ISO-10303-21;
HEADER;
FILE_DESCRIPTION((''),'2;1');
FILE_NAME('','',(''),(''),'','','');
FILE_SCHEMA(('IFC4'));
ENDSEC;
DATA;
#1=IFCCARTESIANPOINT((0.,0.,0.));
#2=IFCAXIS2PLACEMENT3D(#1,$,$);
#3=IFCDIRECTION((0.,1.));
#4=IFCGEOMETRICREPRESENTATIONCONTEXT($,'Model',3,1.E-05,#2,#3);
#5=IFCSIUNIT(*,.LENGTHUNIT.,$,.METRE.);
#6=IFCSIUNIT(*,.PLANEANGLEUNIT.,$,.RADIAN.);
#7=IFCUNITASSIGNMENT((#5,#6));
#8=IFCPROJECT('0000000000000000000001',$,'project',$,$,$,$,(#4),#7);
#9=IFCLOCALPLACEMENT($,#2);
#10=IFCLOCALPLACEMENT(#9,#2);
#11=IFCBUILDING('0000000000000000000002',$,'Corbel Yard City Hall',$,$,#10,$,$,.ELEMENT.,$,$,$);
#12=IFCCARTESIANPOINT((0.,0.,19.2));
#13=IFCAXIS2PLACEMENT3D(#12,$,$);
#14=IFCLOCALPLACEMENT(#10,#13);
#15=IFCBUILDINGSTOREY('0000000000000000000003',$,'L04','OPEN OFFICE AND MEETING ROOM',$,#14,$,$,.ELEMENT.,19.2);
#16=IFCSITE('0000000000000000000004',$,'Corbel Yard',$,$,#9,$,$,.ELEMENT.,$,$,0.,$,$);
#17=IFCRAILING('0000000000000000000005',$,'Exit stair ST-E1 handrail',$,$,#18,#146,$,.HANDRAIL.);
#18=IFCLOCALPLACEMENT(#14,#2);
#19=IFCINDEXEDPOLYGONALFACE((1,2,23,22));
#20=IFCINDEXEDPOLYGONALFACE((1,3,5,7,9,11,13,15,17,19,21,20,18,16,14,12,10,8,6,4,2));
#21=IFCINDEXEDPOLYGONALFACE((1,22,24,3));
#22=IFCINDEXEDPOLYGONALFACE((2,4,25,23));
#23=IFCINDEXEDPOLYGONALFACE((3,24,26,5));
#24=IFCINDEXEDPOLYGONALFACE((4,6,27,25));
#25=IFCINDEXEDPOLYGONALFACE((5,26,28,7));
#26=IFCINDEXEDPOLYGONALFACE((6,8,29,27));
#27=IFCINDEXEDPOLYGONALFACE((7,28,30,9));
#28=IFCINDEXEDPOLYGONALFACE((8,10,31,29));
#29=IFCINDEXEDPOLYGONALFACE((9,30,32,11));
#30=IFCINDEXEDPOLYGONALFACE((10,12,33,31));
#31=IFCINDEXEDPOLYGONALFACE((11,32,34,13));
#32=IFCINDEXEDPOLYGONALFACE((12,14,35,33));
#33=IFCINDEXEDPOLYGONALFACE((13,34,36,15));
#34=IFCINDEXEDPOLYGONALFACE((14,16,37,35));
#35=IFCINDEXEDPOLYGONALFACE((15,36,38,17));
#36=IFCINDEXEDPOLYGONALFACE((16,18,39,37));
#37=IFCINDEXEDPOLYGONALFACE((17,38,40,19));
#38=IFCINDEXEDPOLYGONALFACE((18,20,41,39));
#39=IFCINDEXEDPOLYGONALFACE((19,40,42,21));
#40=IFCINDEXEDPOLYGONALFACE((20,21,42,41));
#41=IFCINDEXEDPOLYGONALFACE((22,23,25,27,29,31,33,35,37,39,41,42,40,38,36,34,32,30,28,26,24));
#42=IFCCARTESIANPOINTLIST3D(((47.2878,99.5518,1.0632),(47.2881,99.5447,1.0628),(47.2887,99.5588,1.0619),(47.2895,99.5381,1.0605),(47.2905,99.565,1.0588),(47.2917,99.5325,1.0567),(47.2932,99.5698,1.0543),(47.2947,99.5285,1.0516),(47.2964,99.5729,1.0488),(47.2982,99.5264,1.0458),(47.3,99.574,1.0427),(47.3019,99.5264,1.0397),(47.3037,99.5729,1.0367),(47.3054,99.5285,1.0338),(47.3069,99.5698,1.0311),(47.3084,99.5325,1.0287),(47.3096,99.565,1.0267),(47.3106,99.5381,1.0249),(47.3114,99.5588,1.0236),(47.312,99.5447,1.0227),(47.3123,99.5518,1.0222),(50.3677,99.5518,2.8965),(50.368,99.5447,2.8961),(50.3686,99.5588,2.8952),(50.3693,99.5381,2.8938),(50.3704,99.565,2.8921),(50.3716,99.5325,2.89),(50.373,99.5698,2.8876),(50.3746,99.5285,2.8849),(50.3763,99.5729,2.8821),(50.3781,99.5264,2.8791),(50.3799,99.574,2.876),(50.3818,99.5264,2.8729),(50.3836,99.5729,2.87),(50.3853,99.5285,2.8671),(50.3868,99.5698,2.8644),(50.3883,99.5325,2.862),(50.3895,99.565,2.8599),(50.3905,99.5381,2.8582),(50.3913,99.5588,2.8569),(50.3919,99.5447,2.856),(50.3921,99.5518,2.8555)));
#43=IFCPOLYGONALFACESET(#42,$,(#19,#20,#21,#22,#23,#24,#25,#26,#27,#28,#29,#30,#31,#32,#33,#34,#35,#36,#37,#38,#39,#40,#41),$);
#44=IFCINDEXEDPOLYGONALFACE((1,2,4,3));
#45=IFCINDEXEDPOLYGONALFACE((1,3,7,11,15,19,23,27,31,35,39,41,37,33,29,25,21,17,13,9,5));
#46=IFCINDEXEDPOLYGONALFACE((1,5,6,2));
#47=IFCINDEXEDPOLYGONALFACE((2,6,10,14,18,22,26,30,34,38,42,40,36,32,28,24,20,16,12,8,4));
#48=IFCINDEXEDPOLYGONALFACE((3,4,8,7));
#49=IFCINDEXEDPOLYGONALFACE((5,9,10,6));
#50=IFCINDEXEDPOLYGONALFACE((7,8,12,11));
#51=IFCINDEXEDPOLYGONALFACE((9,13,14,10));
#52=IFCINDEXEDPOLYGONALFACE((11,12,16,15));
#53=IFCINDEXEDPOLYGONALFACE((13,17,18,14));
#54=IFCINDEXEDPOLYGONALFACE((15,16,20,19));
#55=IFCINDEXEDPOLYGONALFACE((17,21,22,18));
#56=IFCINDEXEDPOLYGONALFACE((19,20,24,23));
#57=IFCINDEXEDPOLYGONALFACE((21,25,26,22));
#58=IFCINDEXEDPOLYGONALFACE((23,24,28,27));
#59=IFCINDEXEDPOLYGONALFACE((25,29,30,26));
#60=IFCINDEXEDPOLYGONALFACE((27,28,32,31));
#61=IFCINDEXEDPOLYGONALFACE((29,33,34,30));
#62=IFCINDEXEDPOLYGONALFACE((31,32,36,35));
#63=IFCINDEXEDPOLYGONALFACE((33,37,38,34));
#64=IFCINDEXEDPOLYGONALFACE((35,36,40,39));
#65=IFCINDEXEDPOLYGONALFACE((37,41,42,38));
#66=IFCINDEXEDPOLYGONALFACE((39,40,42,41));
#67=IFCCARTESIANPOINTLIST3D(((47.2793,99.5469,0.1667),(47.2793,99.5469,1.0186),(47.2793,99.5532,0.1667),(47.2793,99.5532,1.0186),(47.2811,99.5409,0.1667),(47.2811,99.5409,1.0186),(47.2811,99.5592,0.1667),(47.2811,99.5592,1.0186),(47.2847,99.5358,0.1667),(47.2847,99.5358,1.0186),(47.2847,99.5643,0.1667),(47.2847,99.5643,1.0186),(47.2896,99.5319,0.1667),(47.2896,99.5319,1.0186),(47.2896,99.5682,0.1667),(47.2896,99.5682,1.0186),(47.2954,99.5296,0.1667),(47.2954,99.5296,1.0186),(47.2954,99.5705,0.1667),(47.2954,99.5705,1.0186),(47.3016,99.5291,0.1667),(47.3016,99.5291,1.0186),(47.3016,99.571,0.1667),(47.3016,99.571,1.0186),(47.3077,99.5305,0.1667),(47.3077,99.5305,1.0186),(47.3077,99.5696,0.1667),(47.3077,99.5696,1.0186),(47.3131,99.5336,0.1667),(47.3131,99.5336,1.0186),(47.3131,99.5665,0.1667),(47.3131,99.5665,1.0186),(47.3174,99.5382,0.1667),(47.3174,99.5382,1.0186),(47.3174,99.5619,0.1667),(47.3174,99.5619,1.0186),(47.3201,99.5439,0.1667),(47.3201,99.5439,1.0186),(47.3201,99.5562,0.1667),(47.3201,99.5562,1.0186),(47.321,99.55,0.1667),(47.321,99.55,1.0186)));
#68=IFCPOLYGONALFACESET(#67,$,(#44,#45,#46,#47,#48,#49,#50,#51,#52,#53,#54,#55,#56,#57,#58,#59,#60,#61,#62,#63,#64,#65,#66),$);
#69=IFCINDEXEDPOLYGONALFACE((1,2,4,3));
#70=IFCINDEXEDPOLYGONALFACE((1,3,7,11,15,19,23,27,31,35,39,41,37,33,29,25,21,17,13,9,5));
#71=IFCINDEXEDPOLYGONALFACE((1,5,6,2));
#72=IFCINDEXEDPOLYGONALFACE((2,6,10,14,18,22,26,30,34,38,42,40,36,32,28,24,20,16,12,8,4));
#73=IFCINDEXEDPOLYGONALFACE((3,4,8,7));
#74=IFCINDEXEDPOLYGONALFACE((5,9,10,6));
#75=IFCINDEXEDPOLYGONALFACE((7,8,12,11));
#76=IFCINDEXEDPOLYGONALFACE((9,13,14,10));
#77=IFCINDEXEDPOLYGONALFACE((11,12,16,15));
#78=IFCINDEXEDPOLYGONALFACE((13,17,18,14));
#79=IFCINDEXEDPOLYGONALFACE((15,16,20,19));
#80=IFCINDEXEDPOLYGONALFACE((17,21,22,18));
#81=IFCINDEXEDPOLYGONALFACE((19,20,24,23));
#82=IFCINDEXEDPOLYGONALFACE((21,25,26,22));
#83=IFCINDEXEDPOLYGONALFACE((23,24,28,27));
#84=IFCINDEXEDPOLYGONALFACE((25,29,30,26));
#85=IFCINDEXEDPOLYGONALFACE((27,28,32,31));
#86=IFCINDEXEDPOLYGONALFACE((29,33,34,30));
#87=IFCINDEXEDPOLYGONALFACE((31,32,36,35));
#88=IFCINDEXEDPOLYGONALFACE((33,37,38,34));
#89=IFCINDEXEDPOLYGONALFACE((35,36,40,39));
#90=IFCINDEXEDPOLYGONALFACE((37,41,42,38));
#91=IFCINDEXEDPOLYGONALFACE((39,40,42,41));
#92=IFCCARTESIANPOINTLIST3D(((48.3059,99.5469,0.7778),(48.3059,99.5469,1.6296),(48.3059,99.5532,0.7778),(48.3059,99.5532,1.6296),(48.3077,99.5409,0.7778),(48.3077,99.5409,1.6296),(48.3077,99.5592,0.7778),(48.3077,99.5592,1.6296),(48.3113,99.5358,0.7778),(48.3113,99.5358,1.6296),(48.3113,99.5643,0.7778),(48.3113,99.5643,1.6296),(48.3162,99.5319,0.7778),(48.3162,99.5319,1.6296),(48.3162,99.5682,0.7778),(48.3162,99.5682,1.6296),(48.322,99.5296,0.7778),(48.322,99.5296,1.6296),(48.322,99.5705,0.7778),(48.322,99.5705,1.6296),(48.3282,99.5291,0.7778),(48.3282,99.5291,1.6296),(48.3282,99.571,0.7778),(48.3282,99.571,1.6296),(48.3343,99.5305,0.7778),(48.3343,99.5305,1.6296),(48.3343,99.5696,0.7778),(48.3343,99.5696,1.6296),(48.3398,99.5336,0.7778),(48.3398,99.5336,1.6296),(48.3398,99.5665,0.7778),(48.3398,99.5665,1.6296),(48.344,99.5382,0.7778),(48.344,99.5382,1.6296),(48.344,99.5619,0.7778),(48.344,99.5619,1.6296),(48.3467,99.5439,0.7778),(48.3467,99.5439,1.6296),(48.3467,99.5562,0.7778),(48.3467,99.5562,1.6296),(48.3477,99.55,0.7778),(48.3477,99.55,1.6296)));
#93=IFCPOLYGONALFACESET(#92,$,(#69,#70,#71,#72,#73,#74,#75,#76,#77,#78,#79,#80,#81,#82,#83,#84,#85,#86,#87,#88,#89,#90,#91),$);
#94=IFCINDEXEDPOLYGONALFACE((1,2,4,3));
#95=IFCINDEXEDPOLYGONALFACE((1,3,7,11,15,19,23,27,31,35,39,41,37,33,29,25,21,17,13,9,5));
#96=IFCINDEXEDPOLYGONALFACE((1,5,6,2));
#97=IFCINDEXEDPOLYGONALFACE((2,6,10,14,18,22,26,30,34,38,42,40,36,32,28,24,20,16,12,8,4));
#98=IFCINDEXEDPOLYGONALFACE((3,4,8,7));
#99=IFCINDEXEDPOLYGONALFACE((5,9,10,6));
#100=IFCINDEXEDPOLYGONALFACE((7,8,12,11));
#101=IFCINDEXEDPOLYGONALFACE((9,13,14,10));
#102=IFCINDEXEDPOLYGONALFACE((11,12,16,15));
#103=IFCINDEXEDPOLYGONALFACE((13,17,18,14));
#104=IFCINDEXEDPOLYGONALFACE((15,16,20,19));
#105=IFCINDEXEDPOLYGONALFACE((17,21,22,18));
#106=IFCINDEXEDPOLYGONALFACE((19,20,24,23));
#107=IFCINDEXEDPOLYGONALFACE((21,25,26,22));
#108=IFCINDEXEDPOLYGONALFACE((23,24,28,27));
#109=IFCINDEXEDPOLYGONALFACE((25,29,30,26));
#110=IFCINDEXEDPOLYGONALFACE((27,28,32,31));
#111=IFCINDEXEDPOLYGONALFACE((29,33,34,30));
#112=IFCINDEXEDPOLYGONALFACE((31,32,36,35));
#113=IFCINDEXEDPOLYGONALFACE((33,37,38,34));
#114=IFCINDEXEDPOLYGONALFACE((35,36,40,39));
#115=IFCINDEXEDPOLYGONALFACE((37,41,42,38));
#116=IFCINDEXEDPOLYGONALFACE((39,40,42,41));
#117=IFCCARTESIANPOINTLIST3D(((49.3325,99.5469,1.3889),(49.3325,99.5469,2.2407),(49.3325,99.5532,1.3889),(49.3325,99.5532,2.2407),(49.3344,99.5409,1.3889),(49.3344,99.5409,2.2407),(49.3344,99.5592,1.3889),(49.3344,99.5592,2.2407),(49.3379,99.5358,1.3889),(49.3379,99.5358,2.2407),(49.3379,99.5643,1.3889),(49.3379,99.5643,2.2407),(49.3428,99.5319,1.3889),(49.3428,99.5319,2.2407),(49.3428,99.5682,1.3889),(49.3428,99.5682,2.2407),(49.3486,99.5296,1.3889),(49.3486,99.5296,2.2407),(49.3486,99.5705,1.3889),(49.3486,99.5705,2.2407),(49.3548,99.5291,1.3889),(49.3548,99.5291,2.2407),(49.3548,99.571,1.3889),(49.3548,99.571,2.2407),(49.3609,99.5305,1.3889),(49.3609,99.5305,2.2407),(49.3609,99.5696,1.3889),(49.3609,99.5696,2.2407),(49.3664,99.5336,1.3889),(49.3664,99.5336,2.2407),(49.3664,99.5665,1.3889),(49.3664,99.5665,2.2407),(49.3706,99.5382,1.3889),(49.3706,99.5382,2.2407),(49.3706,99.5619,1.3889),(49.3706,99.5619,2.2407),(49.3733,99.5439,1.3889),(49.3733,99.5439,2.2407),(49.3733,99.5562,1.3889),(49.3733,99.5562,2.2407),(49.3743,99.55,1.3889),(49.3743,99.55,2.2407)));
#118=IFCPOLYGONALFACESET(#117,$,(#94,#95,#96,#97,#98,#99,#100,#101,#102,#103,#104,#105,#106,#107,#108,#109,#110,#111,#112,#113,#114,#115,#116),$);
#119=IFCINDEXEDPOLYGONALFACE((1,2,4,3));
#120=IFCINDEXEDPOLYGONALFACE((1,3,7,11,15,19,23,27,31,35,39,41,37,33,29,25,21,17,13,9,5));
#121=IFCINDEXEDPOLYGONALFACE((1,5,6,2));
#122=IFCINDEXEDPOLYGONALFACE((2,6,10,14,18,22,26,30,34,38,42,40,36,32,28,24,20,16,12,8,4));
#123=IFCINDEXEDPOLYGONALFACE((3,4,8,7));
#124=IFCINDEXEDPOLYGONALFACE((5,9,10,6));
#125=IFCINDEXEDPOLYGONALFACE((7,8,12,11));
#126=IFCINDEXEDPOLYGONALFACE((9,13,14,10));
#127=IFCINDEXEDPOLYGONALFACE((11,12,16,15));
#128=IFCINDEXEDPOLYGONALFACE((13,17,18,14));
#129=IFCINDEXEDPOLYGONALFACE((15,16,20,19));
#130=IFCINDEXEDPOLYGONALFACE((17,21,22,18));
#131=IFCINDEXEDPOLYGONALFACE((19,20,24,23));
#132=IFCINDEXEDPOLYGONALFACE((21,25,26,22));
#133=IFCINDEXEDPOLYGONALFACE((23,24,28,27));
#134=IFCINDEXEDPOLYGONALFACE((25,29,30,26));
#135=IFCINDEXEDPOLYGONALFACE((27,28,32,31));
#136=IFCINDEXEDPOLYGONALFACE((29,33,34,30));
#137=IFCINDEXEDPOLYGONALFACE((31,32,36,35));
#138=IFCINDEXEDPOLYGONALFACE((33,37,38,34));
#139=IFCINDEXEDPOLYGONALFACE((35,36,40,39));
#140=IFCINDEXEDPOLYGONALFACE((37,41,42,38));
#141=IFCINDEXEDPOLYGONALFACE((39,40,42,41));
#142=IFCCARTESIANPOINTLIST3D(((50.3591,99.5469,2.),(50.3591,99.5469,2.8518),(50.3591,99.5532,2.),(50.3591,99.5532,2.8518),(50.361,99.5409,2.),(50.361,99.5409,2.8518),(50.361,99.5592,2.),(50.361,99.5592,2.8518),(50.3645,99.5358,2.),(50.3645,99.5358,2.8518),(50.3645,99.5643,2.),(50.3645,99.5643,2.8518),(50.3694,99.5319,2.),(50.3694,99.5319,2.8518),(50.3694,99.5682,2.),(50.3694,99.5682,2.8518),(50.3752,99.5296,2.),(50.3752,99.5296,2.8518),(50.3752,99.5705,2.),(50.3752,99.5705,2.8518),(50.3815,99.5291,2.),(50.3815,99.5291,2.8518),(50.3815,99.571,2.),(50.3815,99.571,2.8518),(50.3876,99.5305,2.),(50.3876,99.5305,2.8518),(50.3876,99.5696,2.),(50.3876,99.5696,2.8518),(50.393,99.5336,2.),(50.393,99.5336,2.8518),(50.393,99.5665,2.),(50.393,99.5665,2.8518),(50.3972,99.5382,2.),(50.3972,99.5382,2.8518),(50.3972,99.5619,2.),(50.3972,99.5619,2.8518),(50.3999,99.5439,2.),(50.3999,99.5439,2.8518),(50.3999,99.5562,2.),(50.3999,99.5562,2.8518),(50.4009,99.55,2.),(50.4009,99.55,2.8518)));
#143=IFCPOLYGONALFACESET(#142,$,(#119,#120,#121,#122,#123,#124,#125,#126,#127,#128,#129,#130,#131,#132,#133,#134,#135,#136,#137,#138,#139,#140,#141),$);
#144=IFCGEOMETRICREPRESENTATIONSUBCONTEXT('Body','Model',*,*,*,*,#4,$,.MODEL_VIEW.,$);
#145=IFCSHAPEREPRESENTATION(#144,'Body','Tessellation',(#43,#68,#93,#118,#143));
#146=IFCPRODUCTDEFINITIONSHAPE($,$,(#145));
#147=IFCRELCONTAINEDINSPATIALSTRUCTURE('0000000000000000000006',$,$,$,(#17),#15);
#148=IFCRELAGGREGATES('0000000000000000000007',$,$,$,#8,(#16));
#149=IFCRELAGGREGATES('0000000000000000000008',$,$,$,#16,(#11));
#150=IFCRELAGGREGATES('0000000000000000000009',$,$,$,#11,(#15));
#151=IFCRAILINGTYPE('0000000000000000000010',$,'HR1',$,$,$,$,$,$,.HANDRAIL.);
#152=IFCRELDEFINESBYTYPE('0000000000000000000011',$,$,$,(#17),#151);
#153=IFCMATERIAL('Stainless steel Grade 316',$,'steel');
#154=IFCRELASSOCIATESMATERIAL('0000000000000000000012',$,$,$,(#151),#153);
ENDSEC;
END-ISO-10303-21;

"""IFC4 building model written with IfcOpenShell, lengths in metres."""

from ifc_helpers import new_model, si_unit, direction, frame, origin, origin_2d, place, context, subcontext, project, spatial, circle, extrude, material, type_object, element, save


model = new_model("IFC4")

# Units and contexts
model_context = context("Model", 3, precision=1e-05, world=origin(), true_north=direction((0.0, 1.0)))
body_context = subcontext(model_context, "Body", "Model", "MODEL_VIEW")
ifc_project = project(units=[si_unit("LENGTHUNIT", "METRE"), si_unit("PLANEANGLEUNIT", "RADIAN")], contexts=[model_context])

# Site, building, storey
site_placement = place(None, origin())
site = spatial("IfcSite", under=ifc_project, at=site_placement, Name="Corbel Yard", CompositionType="ELEMENT", RefElevation=0.0)
building_placement = place(site_placement, origin())
building = spatial("IfcBuilding", under=site, at=building_placement, Name="Corbel Yard City Hall", CompositionType="ELEMENT")
storey_placement = place(building_placement, frame((0.0, 0.0, 19.2)))
storey = spatial("IfcBuildingStorey", under=building, at=storey_placement, Name="L04", Description="OPEN OFFICE AND MEETING ROOM", CompositionType="ELEMENT", Elevation=19.2)

# Railing
ifc_material_1 = material(Name="Stainless steel Grade 316", Category="steel")
railing_type = type_object("IfcRailingType", Name="HR1", PredefinedType="HANDRAIL", material=ifc_material_1)
for number, where, name in (
    (1, (47.3, 99.55, 0.1667), "Exit stair ST-E1 handrail"),
):
    element("IfcRailing", number, at=place(storey_placement, frame(where)), inside=storey, type_object=railing_type, Name=name, PredefinedType="HANDRAIL", context=body_context, shape_type="SweptSolid", body=[
        extrude(circle(Radius=0.0239, at=origin_2d()), frame((0.0, 0.0, 0.876), z_axis=(0.859291, 0.0, 0.511487), x_axis=(0.0, 1.0, 0.0)), (0.0, 0.0, 1.0), 3.5842),
        extrude(circle(Radius=0.021, at=origin_2d()), origin(), (0.0, 0.0, 1.0), 0.8518),
        extrude(circle(Radius=0.021, at=origin_2d()), frame((1.0266, 0.0, 0.6111)), (0.0, 0.0, 1.0), 0.8518),
        extrude(circle(Radius=0.021, at=origin_2d()), frame((2.0532, 0.0, 1.2222)), (0.0, 0.0, 1.0), 0.8518),
        extrude(circle(Radius=0.021, at=origin_2d()), frame((3.0798, 0.0, 1.8333)), (0.0, 0.0, 1.0), 0.8518),
    ])

save(model, "model.ifc")
